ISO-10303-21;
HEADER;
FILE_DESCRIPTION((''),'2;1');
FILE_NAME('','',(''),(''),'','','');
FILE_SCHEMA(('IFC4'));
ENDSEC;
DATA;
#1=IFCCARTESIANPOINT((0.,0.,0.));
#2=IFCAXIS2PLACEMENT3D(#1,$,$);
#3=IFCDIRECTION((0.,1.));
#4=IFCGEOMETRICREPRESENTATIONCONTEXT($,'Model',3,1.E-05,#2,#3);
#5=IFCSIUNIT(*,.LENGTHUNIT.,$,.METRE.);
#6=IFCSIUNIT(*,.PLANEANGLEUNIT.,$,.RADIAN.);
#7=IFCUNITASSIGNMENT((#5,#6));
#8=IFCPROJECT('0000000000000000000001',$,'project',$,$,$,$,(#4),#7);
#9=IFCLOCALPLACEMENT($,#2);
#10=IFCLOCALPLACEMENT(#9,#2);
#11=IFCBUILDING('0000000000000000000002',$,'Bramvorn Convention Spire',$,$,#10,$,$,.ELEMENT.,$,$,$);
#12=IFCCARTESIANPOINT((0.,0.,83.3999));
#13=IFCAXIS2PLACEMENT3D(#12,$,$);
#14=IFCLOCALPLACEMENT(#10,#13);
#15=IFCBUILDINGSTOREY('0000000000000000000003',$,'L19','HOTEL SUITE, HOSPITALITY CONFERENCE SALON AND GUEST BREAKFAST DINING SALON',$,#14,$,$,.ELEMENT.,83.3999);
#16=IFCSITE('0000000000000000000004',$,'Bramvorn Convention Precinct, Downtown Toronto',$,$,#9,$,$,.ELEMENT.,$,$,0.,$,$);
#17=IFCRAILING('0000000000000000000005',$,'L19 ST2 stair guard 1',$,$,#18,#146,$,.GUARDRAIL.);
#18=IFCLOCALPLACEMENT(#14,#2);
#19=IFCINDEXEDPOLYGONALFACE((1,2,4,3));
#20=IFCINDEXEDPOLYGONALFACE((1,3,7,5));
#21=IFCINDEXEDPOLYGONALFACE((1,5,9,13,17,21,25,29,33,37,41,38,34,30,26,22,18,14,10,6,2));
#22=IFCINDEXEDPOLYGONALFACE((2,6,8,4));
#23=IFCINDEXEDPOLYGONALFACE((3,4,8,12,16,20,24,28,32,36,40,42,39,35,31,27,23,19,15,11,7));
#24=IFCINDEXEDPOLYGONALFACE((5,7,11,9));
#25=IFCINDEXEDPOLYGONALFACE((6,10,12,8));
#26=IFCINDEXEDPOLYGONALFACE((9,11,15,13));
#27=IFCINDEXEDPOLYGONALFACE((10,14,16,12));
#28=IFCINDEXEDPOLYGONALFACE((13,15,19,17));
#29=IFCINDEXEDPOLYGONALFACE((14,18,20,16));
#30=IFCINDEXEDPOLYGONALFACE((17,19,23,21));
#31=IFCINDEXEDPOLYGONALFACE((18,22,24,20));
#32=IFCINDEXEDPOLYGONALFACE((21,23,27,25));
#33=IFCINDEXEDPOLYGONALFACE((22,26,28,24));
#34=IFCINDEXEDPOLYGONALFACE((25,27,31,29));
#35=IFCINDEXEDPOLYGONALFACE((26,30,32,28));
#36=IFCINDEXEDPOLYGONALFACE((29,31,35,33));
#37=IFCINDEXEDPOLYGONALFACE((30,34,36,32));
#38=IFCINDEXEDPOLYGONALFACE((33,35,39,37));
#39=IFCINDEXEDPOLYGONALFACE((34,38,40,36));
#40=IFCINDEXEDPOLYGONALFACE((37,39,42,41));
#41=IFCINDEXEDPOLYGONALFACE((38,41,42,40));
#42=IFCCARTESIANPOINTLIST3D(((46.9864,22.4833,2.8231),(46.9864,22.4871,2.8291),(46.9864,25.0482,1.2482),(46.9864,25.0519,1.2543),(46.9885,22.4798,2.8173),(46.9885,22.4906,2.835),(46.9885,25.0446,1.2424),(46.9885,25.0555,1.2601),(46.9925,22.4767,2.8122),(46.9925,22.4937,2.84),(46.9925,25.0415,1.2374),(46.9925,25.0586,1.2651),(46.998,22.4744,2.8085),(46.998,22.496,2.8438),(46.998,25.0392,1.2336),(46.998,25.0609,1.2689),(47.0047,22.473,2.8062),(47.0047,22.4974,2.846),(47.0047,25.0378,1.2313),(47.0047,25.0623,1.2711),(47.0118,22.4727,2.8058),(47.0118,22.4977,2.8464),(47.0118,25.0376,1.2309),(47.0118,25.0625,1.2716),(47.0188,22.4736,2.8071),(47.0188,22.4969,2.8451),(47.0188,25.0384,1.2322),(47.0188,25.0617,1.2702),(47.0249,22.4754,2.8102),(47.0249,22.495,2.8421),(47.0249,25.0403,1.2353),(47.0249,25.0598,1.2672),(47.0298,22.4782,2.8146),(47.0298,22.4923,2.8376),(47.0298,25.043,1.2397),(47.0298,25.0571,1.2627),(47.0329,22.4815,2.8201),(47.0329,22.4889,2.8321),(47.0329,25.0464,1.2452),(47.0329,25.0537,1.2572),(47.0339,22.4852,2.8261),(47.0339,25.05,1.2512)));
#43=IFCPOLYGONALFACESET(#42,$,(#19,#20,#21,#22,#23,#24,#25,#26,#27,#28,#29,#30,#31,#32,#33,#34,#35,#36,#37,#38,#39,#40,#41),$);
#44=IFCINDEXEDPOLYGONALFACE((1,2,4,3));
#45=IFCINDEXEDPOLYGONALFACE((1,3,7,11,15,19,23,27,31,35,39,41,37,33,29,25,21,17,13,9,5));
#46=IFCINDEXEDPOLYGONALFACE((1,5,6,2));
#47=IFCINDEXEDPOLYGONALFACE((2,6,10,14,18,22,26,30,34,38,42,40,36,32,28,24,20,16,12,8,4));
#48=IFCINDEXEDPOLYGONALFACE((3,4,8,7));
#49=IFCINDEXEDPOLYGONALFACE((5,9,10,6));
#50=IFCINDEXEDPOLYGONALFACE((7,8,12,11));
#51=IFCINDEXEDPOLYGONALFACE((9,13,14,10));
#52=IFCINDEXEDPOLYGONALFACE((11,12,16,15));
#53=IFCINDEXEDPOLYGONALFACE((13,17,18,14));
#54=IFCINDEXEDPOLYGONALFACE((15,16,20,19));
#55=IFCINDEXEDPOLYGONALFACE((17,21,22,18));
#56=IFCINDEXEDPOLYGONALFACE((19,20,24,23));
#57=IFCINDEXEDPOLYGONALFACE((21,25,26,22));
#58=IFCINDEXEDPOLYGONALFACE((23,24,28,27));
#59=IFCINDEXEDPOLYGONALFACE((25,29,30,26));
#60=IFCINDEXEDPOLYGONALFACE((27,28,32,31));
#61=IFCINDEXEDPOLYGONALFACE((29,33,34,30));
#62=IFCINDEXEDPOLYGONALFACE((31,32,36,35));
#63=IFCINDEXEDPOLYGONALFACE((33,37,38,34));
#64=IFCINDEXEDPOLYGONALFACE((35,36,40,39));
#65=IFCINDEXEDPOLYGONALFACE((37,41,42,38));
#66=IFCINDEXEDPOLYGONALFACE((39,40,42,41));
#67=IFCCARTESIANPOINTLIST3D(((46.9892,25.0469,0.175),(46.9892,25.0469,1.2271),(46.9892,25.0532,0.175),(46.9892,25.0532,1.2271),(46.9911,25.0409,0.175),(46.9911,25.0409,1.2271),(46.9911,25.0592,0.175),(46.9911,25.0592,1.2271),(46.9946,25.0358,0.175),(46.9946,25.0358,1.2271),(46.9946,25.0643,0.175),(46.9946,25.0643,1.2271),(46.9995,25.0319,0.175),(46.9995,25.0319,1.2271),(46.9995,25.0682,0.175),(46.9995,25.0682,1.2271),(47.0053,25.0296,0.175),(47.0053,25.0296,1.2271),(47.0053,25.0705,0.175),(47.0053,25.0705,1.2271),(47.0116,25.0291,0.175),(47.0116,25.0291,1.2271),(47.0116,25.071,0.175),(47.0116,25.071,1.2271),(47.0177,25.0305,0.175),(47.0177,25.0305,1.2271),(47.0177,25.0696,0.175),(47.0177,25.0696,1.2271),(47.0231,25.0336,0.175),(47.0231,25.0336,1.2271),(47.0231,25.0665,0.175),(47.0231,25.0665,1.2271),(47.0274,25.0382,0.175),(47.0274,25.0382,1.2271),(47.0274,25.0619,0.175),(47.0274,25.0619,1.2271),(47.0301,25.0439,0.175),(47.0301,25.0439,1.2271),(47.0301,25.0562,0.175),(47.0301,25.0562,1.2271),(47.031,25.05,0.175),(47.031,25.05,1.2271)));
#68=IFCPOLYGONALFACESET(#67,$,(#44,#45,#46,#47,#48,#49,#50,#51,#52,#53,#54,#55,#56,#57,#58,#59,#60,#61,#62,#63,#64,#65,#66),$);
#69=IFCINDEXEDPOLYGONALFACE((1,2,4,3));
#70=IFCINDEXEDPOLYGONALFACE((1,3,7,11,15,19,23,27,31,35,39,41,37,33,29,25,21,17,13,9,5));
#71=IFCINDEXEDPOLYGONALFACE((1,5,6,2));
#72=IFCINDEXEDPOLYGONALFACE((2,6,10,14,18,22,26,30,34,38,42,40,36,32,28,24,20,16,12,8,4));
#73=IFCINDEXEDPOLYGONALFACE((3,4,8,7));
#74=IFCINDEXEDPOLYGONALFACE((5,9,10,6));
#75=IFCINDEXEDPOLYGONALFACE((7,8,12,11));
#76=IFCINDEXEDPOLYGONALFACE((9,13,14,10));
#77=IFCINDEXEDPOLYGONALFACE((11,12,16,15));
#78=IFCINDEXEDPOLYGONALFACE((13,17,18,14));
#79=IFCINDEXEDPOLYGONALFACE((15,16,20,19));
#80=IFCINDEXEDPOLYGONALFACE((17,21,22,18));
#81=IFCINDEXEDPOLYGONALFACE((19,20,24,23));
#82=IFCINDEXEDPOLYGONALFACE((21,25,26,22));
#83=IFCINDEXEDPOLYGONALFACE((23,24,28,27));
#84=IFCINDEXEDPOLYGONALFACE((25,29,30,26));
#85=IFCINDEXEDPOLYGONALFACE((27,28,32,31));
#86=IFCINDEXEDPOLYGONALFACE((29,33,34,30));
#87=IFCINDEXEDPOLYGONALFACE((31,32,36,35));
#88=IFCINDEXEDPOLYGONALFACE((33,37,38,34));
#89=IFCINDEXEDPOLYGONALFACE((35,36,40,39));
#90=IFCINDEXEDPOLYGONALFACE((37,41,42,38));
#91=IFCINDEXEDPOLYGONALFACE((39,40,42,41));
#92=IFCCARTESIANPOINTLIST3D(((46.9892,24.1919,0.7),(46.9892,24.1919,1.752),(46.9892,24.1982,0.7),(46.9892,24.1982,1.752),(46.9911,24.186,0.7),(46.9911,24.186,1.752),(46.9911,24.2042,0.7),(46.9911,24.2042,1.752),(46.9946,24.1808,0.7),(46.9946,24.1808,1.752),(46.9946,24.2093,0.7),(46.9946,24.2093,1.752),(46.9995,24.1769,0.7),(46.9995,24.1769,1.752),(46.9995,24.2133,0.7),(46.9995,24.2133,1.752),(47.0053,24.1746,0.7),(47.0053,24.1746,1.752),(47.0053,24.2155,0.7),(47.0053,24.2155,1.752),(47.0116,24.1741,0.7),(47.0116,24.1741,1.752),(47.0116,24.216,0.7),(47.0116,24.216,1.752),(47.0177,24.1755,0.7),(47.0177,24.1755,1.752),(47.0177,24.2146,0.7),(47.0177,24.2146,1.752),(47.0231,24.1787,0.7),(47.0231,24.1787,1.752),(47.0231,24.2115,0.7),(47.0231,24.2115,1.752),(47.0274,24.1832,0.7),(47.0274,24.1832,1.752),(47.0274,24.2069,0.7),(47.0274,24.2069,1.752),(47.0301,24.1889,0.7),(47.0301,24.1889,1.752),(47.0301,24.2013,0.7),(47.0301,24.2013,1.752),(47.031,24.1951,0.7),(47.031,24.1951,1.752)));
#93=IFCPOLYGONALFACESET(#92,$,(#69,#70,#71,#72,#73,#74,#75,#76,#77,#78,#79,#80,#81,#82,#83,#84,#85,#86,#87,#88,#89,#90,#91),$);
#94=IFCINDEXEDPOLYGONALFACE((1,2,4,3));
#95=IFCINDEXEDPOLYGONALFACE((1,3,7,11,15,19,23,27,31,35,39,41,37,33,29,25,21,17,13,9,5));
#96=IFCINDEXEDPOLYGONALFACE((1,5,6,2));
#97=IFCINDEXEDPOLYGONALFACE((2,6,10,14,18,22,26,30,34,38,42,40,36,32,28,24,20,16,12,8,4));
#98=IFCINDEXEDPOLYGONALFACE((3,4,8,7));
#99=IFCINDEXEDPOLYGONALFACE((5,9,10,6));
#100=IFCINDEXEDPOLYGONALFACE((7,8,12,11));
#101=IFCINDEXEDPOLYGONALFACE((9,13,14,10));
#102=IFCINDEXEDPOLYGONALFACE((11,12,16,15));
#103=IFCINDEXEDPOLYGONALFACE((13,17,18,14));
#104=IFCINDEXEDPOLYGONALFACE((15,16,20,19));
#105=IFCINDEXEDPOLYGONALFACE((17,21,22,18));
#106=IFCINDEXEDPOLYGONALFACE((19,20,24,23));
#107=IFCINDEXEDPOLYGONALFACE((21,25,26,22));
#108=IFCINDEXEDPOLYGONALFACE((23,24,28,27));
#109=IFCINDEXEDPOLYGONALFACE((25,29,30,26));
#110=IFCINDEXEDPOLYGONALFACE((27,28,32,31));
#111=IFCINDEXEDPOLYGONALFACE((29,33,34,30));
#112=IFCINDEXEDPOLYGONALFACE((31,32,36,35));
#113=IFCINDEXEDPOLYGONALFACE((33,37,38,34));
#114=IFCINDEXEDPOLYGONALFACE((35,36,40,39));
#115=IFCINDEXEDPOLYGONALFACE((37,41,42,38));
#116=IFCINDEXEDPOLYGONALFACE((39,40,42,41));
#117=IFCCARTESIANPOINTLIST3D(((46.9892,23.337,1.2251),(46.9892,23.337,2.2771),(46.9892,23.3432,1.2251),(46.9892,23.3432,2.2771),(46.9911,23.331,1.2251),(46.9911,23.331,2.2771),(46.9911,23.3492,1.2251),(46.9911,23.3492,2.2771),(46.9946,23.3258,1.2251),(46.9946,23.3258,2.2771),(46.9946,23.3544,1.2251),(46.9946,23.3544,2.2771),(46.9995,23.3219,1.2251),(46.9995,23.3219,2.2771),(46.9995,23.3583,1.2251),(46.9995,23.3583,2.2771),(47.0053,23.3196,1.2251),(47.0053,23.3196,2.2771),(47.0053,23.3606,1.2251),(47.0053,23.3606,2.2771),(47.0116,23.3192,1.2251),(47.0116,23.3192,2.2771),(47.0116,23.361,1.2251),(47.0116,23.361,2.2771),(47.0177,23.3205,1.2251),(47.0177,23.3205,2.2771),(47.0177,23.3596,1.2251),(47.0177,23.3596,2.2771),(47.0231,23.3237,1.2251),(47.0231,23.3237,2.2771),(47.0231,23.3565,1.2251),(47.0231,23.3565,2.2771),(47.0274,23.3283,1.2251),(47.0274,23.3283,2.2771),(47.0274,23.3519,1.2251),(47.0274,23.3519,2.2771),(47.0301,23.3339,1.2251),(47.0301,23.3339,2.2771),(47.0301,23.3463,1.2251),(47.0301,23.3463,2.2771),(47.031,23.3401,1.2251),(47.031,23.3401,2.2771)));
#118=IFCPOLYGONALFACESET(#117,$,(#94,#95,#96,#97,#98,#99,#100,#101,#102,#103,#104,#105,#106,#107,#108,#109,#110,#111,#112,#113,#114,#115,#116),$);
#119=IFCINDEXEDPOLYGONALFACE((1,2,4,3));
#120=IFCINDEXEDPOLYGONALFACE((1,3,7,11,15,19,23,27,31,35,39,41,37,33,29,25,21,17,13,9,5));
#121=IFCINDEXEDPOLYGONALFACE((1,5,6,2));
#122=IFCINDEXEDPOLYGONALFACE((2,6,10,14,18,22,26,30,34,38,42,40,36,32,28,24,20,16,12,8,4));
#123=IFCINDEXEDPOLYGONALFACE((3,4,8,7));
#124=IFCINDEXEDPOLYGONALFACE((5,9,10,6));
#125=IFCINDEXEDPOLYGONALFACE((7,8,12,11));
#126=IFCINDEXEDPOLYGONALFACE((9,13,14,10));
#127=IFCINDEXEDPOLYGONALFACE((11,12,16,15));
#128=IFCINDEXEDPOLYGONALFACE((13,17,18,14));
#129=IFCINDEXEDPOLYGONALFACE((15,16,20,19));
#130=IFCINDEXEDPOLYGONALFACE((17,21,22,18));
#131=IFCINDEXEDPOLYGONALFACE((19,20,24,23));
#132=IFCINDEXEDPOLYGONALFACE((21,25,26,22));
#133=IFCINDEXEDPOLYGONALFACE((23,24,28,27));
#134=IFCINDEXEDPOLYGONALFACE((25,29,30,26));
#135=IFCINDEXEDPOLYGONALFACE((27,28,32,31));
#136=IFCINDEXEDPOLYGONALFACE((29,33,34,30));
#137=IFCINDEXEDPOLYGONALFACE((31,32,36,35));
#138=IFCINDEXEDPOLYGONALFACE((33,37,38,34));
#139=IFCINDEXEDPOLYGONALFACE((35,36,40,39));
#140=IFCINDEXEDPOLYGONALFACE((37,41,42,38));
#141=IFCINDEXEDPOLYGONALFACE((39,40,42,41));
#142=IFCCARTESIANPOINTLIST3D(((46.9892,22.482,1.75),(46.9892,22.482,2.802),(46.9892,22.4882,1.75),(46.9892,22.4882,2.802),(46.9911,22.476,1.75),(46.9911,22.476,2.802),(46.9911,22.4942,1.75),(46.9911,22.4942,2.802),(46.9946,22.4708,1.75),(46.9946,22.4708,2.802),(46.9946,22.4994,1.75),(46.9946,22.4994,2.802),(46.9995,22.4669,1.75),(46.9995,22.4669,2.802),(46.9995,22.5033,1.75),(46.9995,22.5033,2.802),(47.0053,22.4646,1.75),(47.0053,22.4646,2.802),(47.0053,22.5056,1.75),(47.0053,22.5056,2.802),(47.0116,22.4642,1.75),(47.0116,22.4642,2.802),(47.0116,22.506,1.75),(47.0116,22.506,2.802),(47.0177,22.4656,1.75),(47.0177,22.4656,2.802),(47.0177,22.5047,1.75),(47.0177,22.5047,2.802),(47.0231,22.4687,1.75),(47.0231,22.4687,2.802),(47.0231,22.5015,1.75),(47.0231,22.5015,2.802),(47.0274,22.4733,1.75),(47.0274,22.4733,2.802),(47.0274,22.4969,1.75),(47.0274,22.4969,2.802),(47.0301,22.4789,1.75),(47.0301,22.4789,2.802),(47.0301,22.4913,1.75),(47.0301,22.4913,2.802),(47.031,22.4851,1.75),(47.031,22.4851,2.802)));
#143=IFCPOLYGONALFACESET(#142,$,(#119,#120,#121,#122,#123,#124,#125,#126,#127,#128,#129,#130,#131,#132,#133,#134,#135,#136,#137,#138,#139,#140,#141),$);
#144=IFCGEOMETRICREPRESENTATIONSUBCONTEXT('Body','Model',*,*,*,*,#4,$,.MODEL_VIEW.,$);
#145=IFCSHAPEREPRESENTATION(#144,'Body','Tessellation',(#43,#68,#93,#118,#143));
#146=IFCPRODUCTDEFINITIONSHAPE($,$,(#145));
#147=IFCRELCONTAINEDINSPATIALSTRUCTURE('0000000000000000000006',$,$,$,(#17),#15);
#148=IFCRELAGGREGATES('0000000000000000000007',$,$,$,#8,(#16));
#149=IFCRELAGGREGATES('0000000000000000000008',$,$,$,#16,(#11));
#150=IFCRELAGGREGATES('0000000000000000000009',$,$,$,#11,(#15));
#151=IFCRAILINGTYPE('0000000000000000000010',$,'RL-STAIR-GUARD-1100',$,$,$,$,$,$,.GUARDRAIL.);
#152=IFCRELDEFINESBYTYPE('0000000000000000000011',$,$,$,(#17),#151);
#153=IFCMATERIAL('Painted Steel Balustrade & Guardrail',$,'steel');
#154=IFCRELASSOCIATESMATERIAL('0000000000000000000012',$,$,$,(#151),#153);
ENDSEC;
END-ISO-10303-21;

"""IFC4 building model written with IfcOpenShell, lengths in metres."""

from ifc_helpers import new_model, si_unit, direction, frame, origin, origin_2d, place, context, subcontext, project, spatial, circle, extrude, material, type_object, element, save


model = new_model("IFC4")

# Units and contexts
model_context = context("Model", 3, precision=1e-05, world=origin(), true_north=direction((0.0, 1.0)))
body_context = subcontext(model_context, "Body", "Model", "MODEL_VIEW")
ifc_project = project(units=[si_unit("LENGTHUNIT", "METRE"), si_unit("PLANEANGLEUNIT", "RADIAN")], contexts=[model_context])

# Site, building, storey
site_placement = place(None, origin())
site = spatial("IfcSite", under=ifc_project, at=site_placement, Name="Bramvorn Convention Precinct, Downtown Toronto", CompositionType="ELEMENT", RefElevation=0.0)
building_placement = place(site_placement, origin())
building = spatial("IfcBuilding", under=site, at=building_placement, Name="Bramvorn Convention Spire", CompositionType="ELEMENT")
storey_placement = place(building_placement, frame((0.0, 0.0, 83.3999)))
storey = spatial("IfcBuildingStorey", under=building, at=storey_placement, Name="L19", Description="HOTEL SUITE, HOSPITALITY CONFERENCE SALON AND GUEST BREAKFAST DINING SALON", CompositionType="ELEMENT", Elevation=83.3999)

# Railing
ifc_material_1 = material(Name="Painted Steel Balustrade & Guardrail", Category="steel")
railing_type_1 = type_object("IfcRailingType", Name="RL-STAIR-GUARD-1100", PredefinedType="GUARDRAIL", material=ifc_material_1)
railing_1_placement = place(storey_placement, frame((47.01, 25.05, 0.175)))
element("IfcRailing", 1, at=railing_1_placement, inside=storey, type_object=railing_type_1, Name="L19 ST2 stair guard 1", PredefinedType="GUARDRAIL", context=body_context, shape_type="SweptSolid", body=[
    extrude(circle(Radius=0.0239, at=origin_2d()), frame((0.0, 0.0, 1.0762), z_axis=(0.0, -0.852173, 0.52326), x_axis=(1.0, 0.0, 0.0)), (0.0, 0.0, 1.0), 3.0098),
    extrude(circle(Radius=0.021, at=origin_2d()), origin(), (0.0, 0.0, 1.0), 1.052),
    extrude(circle(Radius=0.021, at=origin_2d()), frame((0.0, -0.855, 0.5249)), (0.0, 0.0, 1.0), 1.052),
    extrude(circle(Radius=0.021, at=origin_2d()), frame((0.0, -1.71, 1.05)), (0.0, 0.0, 1.0), 1.052),
    extrude(circle(Radius=0.021, at=origin_2d()), frame((0.0, -2.5649, 1.575)), (0.0, 0.0, 1.0), 1.052),
])

save(model, "model.ifc")
